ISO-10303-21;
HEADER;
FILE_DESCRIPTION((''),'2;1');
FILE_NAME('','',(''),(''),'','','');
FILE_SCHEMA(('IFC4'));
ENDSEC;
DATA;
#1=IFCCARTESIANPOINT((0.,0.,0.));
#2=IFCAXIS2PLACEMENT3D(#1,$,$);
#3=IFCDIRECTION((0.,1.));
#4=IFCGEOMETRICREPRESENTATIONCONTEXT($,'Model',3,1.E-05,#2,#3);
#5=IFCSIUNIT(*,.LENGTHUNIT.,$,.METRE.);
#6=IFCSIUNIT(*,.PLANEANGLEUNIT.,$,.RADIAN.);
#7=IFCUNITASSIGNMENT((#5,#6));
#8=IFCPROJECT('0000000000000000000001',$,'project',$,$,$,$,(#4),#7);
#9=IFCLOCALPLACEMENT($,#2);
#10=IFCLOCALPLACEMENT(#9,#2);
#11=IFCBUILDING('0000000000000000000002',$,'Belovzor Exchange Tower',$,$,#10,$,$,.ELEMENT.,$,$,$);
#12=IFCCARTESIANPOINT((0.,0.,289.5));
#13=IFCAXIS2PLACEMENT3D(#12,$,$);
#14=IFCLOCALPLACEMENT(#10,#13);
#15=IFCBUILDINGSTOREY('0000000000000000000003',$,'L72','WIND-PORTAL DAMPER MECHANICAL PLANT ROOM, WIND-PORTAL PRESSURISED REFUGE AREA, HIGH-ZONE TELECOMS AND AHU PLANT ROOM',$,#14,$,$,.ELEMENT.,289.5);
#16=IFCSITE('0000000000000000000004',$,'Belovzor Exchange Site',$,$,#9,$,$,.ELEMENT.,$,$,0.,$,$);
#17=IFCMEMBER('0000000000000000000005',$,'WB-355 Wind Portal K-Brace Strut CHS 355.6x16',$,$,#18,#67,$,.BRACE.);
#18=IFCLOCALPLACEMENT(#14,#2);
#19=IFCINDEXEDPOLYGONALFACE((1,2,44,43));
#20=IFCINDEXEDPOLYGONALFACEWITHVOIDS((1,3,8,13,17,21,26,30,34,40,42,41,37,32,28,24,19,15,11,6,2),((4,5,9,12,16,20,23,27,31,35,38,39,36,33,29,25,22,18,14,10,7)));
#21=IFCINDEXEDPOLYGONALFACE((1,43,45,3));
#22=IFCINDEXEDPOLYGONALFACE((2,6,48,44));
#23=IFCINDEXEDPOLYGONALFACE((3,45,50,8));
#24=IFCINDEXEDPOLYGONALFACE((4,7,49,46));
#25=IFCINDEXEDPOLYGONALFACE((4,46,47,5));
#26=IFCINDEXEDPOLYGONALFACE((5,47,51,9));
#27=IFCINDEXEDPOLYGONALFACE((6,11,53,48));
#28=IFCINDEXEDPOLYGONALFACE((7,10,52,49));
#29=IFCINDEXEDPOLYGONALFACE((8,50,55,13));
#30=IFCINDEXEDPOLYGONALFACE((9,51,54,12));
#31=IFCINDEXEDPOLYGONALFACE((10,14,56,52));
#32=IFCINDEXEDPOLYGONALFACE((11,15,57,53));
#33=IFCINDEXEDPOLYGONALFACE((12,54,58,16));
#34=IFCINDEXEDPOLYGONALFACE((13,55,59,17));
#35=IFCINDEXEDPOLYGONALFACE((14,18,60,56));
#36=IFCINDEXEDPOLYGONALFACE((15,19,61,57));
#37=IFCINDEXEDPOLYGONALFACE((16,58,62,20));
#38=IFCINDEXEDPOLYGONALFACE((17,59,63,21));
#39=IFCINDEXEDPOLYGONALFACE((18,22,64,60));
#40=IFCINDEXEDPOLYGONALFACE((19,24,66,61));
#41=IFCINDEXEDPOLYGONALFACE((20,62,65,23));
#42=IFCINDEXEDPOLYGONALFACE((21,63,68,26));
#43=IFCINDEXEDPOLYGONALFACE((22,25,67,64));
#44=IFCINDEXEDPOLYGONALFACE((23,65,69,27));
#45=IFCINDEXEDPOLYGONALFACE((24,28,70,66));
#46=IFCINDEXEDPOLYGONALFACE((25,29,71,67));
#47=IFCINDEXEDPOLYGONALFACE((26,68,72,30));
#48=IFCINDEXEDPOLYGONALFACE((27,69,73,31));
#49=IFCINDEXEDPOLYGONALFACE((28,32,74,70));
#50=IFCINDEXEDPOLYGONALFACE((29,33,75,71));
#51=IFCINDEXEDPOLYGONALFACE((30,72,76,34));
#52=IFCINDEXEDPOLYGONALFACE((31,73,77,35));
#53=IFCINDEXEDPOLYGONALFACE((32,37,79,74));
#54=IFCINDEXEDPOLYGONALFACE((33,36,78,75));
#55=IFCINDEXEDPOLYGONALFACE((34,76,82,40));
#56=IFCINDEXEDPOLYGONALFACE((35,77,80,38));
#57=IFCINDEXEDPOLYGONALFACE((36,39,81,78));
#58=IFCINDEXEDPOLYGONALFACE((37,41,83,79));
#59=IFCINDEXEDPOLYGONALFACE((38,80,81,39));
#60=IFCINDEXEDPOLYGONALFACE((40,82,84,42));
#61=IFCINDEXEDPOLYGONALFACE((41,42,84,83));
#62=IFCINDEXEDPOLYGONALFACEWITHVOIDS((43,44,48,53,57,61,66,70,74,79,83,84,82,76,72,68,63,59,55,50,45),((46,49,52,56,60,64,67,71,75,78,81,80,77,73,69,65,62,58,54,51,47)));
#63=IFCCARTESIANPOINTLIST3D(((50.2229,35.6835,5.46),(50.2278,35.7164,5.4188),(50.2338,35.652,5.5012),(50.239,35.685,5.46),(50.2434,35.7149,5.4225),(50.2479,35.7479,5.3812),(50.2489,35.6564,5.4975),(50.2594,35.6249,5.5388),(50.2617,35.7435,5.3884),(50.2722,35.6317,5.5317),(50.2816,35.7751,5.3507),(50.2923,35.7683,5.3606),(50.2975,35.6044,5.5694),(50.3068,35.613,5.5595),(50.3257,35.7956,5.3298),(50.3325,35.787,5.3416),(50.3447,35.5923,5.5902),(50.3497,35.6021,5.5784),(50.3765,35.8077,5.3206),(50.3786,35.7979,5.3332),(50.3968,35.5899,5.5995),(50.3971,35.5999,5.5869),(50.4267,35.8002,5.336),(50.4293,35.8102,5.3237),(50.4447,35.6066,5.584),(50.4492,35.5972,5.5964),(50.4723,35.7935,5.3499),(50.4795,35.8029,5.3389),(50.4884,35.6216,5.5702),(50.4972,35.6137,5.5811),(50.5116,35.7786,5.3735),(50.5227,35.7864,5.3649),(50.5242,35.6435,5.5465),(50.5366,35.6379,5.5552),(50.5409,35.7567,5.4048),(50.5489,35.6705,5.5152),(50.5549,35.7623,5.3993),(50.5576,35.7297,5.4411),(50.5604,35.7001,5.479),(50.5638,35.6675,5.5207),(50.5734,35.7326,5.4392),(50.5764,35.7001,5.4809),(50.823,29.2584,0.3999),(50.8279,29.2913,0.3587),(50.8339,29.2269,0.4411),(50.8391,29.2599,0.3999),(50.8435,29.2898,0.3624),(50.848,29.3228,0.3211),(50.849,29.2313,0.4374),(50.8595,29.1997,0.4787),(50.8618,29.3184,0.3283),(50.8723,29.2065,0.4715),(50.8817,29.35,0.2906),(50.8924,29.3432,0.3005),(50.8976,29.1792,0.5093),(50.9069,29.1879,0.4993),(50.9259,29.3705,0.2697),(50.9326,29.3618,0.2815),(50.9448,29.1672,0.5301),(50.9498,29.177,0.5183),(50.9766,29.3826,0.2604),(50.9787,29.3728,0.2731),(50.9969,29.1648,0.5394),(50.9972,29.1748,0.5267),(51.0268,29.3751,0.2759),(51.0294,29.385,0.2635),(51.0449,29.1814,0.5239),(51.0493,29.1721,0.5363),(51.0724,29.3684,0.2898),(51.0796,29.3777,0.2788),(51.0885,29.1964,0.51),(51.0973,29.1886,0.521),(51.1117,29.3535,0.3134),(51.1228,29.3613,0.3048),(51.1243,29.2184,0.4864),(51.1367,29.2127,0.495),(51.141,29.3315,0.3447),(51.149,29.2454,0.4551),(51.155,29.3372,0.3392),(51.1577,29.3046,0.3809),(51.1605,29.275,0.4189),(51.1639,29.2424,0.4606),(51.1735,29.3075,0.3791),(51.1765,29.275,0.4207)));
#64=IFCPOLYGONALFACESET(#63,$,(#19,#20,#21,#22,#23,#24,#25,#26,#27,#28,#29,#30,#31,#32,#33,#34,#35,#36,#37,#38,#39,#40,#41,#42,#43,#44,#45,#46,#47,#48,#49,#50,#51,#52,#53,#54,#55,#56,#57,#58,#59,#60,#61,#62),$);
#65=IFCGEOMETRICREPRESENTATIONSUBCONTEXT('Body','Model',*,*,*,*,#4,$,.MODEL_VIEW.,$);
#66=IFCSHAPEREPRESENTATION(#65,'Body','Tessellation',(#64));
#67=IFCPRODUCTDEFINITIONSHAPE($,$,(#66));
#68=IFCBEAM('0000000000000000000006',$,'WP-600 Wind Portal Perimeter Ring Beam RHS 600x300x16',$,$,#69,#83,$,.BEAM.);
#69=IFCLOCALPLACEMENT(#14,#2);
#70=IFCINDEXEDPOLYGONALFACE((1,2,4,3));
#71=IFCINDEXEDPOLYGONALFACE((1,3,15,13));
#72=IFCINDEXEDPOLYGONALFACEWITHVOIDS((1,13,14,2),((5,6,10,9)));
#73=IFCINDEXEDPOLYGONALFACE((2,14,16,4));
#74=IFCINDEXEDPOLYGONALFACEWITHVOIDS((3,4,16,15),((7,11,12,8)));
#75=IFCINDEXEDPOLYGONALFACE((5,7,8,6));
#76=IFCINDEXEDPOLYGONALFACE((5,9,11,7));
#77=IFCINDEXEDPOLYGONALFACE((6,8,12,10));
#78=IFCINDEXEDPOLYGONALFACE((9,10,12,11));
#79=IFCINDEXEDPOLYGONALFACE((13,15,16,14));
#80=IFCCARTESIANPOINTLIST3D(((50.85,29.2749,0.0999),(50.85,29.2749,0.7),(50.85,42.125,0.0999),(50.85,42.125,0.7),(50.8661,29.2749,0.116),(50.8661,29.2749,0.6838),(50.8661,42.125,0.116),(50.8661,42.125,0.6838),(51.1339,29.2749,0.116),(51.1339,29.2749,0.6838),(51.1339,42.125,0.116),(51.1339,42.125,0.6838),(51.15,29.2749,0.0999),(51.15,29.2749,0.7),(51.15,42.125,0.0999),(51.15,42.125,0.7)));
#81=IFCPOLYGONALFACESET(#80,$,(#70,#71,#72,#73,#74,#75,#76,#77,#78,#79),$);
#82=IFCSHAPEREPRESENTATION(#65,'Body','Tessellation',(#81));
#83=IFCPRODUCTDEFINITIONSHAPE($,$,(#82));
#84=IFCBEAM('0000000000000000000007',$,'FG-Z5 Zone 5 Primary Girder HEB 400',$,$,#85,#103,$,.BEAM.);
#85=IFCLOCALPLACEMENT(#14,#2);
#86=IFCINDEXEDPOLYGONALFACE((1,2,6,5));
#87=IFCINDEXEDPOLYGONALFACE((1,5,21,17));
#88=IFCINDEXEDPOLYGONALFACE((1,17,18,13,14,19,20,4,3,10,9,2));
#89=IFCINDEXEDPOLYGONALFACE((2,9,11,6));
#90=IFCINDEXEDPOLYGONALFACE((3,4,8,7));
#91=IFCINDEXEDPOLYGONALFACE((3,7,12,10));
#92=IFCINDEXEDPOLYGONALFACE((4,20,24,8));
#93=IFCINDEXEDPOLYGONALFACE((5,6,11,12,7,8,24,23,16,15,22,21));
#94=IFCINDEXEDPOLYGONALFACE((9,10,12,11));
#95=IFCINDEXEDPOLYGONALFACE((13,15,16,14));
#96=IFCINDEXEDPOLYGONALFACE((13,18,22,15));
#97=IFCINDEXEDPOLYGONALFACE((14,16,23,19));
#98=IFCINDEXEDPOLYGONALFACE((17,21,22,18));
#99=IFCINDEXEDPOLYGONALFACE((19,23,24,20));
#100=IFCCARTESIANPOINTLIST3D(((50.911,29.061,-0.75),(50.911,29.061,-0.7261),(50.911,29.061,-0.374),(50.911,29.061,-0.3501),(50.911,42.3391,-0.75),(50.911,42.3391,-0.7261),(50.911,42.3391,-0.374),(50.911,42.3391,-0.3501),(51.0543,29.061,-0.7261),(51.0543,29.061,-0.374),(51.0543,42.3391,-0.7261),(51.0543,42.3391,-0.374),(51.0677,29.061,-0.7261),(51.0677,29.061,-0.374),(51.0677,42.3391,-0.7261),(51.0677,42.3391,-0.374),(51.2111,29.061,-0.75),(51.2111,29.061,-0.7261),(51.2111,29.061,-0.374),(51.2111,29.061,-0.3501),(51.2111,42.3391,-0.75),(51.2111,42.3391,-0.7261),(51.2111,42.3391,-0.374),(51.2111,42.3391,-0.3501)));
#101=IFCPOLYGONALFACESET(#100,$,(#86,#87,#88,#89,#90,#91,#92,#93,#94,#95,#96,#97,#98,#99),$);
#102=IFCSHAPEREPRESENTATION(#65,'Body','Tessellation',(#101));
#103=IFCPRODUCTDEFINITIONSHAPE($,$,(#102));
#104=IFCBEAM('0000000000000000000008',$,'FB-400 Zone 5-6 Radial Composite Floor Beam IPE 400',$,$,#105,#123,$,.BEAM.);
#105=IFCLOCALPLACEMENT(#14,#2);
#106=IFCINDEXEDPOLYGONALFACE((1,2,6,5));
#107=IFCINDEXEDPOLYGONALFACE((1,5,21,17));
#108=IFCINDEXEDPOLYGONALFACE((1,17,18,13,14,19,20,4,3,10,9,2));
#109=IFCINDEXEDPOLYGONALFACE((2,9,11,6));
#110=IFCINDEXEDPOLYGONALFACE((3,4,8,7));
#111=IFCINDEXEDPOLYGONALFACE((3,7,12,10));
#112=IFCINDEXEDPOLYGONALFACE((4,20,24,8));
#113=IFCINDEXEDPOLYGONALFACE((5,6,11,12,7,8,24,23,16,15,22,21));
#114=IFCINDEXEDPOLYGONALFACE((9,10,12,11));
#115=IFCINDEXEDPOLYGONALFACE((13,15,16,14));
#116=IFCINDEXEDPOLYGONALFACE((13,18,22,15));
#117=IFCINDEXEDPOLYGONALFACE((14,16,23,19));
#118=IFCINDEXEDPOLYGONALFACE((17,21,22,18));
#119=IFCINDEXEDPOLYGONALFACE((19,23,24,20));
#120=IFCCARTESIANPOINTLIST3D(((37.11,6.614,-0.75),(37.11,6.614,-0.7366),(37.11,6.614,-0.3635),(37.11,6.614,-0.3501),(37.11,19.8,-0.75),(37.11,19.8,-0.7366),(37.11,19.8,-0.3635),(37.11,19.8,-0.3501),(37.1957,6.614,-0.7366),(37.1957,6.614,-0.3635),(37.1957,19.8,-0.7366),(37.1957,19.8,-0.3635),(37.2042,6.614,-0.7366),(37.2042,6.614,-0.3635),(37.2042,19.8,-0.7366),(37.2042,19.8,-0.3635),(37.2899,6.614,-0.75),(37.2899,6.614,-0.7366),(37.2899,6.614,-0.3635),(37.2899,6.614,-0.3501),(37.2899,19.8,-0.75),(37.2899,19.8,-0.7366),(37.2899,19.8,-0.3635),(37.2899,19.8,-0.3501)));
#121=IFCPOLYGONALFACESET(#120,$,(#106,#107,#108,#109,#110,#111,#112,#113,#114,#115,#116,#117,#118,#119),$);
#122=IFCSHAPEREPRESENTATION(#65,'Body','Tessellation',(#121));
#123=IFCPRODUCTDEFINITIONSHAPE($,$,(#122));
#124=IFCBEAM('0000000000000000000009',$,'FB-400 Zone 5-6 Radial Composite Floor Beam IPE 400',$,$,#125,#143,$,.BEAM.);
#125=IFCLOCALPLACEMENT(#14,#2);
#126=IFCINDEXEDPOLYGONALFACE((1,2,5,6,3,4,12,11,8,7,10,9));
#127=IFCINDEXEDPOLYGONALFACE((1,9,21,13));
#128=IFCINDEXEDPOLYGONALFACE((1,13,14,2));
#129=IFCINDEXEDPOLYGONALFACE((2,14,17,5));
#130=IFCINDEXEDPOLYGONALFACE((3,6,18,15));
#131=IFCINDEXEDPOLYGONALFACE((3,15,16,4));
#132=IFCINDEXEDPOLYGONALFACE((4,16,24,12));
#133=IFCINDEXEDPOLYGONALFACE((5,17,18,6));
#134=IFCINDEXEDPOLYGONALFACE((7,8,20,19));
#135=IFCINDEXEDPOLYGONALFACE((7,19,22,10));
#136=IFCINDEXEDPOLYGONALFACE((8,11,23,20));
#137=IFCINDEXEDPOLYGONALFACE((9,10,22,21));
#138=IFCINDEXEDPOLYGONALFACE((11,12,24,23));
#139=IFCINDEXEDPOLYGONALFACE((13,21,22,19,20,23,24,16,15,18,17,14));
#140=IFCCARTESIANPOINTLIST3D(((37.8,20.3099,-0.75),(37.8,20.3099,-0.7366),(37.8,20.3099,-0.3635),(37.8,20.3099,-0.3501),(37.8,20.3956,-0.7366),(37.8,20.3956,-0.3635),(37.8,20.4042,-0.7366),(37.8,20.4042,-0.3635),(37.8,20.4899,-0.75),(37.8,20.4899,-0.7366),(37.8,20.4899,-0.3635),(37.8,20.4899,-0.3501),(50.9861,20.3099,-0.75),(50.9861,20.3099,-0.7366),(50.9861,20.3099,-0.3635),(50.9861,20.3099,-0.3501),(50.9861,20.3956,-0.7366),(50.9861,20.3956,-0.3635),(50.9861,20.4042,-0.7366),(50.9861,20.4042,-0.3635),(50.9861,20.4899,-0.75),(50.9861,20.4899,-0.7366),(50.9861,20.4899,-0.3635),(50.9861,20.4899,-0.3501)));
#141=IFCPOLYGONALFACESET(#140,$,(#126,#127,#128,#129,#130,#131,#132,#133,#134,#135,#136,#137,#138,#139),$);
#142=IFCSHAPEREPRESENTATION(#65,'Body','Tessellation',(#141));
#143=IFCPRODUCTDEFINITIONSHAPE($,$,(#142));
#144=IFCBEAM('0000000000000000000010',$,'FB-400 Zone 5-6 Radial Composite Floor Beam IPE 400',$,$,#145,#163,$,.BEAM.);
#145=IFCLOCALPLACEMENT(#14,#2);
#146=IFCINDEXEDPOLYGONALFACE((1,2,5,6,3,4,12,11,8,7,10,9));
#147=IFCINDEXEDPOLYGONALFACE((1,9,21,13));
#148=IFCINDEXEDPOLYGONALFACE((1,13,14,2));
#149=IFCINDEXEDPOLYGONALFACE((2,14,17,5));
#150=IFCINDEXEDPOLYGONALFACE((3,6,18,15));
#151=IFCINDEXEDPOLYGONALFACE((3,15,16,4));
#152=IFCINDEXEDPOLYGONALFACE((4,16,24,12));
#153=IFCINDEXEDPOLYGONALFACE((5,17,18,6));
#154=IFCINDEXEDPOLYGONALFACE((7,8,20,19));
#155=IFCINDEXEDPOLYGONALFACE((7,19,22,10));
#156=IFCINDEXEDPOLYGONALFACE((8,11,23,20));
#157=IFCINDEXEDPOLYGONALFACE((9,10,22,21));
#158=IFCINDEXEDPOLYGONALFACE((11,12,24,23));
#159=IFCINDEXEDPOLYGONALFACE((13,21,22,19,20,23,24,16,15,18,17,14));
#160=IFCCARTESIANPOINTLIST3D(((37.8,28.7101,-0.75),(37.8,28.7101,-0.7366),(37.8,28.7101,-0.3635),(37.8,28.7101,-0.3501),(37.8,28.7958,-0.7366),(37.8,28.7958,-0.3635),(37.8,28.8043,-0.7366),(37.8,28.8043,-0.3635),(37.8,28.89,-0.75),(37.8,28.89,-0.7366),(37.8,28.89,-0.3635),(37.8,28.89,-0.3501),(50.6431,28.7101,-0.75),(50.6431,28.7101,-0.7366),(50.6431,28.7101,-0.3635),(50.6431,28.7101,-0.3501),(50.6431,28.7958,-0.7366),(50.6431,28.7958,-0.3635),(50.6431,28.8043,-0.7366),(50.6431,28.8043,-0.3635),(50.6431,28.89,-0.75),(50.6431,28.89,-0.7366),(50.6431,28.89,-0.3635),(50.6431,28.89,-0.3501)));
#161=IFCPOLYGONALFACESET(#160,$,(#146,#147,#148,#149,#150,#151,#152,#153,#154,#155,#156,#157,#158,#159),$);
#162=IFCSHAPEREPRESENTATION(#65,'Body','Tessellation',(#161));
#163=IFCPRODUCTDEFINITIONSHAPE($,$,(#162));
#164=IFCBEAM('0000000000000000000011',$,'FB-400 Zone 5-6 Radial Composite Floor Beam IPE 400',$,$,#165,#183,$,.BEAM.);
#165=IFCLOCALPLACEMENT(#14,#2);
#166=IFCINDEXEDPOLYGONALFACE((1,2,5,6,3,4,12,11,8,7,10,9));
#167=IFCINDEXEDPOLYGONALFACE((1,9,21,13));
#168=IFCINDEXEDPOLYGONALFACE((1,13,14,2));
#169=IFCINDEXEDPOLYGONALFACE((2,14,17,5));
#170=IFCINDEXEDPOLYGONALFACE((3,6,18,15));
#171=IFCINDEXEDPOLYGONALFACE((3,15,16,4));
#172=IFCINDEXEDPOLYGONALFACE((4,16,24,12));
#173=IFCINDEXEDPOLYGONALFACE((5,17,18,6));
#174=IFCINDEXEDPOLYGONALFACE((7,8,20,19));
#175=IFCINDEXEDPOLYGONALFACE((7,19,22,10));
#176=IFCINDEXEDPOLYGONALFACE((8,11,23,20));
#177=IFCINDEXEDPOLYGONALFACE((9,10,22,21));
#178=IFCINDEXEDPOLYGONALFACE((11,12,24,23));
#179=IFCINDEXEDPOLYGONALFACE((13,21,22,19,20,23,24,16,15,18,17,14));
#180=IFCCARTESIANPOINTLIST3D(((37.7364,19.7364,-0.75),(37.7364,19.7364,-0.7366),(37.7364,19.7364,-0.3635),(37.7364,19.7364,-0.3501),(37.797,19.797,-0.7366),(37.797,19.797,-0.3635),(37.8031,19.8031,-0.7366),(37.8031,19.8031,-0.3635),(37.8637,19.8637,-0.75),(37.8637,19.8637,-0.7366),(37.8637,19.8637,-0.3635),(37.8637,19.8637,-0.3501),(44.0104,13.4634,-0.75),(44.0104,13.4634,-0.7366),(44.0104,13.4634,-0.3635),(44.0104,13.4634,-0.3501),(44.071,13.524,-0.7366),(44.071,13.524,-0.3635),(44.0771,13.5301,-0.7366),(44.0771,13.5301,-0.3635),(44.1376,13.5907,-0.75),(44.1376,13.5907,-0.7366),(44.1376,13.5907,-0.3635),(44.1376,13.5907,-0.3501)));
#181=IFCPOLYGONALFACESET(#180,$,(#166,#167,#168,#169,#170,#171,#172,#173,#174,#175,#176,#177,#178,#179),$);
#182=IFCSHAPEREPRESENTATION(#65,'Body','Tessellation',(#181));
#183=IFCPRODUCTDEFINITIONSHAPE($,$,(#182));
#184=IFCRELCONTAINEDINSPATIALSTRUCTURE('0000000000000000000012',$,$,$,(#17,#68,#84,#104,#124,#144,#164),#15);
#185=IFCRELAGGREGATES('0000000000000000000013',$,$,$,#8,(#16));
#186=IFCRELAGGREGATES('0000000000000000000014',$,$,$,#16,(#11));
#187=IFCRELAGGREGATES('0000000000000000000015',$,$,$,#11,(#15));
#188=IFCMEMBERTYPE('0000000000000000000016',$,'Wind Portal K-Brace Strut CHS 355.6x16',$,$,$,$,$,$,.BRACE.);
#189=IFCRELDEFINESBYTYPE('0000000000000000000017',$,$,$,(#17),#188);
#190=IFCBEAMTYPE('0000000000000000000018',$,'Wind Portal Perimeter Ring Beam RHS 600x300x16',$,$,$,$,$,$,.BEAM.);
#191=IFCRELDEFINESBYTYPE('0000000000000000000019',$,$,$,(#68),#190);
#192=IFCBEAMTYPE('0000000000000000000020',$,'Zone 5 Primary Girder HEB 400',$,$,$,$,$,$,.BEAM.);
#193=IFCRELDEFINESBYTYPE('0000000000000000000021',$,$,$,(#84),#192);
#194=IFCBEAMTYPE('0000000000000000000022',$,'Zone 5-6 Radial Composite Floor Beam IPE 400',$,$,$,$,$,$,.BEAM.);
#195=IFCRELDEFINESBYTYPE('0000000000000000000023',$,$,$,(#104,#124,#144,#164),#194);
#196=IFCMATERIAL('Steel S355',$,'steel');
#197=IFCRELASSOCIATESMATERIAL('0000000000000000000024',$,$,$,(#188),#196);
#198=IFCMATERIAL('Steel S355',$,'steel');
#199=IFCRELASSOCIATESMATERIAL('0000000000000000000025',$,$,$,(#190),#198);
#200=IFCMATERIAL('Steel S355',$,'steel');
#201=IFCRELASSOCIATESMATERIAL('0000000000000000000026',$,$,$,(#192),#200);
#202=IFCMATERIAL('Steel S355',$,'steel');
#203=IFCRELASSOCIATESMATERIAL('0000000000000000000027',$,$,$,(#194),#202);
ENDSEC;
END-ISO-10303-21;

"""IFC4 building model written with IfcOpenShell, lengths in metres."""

from ifc_helpers import new_model, si_unit, direction, frame, origin, origin_2d, place, context, subcontext, project, spatial, hollow_rectangle, hollow_circle, i_section, extrude, material, material_profile, profile_set, type_object, element, save


model = new_model("IFC4")

# Units and contexts
model_context = context("Model", 3, precision=1e-05, world=origin(), true_north=direction((0.0, 1.0)))
body_context = subcontext(model_context, "Body", "Model", "MODEL_VIEW")
ifc_project = project(units=[si_unit("LENGTHUNIT", "METRE"), si_unit("PLANEANGLEUNIT", "RADIAN")], contexts=[model_context])

# Site, building, storey
site_placement = place(None, origin())
site = spatial("IfcSite", under=ifc_project, at=site_placement, Name="Belovzor Exchange Site", CompositionType="ELEMENT", RefElevation=0.0)
building_placement = place(site_placement, origin())
building = spatial("IfcBuilding", under=site, at=building_placement, Name="Belovzor Exchange Tower", CompositionType="ELEMENT")
storey_placement = place(building_placement, frame((0.0, 0.0, 289.5)))
storey = spatial("IfcBuildingStorey", under=building, at=storey_placement, Name="L72", Description="WIND-PORTAL DAMPER MECHANICAL PLANT ROOM, WIND-PORTAL PRESSURISED REFUGE AREA, HIGH-ZONE TELECOMS AND AHU PLANT ROOM", CompositionType="ELEMENT", Elevation=289.5)

# Member
ifc_material_1 = material(Name="Steel S355", Category="steel")
ifc_material_profile_1 = material_profile(ifc_material_1, hollow_circle(Radius=0.1777, WallThickness=0.0161, at=origin_2d()))
ifc_profile_set_1 = profile_set([ifc_material_profile_1], Name="Steel S355")
member_type = type_object("IfcMemberType", Name="Wind Portal K-Brace Strut CHS 355.6x16", PredefinedType="BRACE", material=ifc_profile_set_1)
for number, where, z_axis, x_axis, name in (
    (1, (51.0, 29.2749, 0.3999), (-0.07318, 0.78351, 0.617055), (-0.995667, -0.092995, 0.0), "WB-355 Wind Portal K-Brace Strut CHS 355.6x16"),
):
    element("IfcMember", number, at=place(storey_placement, frame(where, z_axis=z_axis, x_axis=x_axis)), inside=storey, type_object=member_type, Name=name, PredefinedType="BRACE", context=body_context, shape_type="SweptSolid", body=[
        extrude(hollow_circle(Radius=0.1777, WallThickness=0.0161, at=origin_2d()), origin(), (0.0, 0.0, 1.0), 8.2004),
    ])

# Beams
ifc_material_2 = material(Name="Steel S355", Category="steel")
ifc_material_profile_2 = material_profile(ifc_material_2, hollow_rectangle(XDim=0.3, YDim=0.6001, WallThickness=0.0161, at=origin_2d()))
ifc_profile_set_2 = profile_set([ifc_material_profile_2], Name="Steel S355")
beam_type_1 = type_object("IfcBeamType", Name="Wind Portal Perimeter Ring Beam RHS 600x300x16", PredefinedType="BEAM", material=ifc_profile_set_2)
beam_1_placement = place(storey_placement, frame((51.0, 29.2749, 0.3999), z_axis=(0.0, 1.0, 0.0), x_axis=(-1.0, 0.0, 0.0)))
element("IfcBeam", 2, at=beam_1_placement, inside=storey, type_object=beam_type_1, Name="WP-600 Wind Portal Perimeter Ring Beam RHS 600x300x16", PredefinedType="BEAM", context=body_context, shape_type="SweptSolid", body=[
    extrude(hollow_rectangle(XDim=0.3, YDim=0.6001, WallThickness=0.0161, at=origin_2d()), origin(), (0.0, 0.0, 1.0), 12.8501),
])
ifc_material_3 = material(Name="Steel S355", Category="steel")
ifc_material_profile_3 = material_profile(ifc_material_3, i_section(OverallWidth=0.3, OverallDepth=0.3999, WebThickness=0.0134, FlangeThickness=0.0239, at=origin_2d()))
ifc_profile_set_3 = profile_set([ifc_material_profile_3], Name="Steel S355")
beam_type_2 = type_object("IfcBeamType", Name="Zone 5 Primary Girder HEB 400", PredefinedType="BEAM", material=ifc_profile_set_3)
beam_2_placement = place(storey_placement, frame((51.061, 29.061, -0.55), z_axis=(0.0, 1.0, 0.0), x_axis=(-1.0, 0.0, 0.0)))
element("IfcBeam", 3, at=beam_2_placement, inside=storey, type_object=beam_type_2, Name="FG-Z5 Zone 5 Primary Girder HEB 400", PredefinedType="BEAM", context=body_context, shape_type="SweptSolid", body=[
    extrude(i_section(OverallWidth=0.3, OverallDepth=0.3999, WebThickness=0.0134, FlangeThickness=0.0239, at=origin_2d()), origin(), (0.0, 0.0, 1.0), 13.2781),
])
ifc_material_4 = material(Name="Steel S355", Category="steel")
ifc_material_profile_4 = material_profile(ifc_material_4, i_section(OverallWidth=0.1799, OverallDepth=0.3999, WebThickness=0.0085, FlangeThickness=0.0134, at=origin_2d()))
ifc_profile_set_4 = profile_set([ifc_material_profile_4], Name="Steel S355")
beam_type_3 = type_object("IfcBeamType", Name="Zone 5-6 Radial Composite Floor Beam IPE 400", PredefinedType="BEAM", material=ifc_profile_set_4)
for number, where, z_axis, x_axis, name in (
    (4, (37.2, 19.8, -0.55), (0.0, -1.0, 0.0), (1.0, 0.0, 0.0), "FB-400 Zone 5-6 Radial Composite Floor Beam IPE 400"),
    (5, (37.8, 20.3999, -0.55), (1.0, 0.0, 0.0), (0.0, 1.0, 0.0), "FB-400 Zone 5-6 Radial Composite Floor Beam IPE 400"),
):
    element("IfcBeam", number, at=place(storey_placement, frame(where, z_axis=z_axis, x_axis=x_axis)), inside=storey, type_object=beam_type_3, Name=name, PredefinedType="BEAM", context=body_context, shape_type="SweptSolid", body=[
        extrude(i_section(OverallWidth=0.1799, OverallDepth=0.3999, WebThickness=0.0085, FlangeThickness=0.0134, at=origin_2d()), origin(), (0.0, 0.0, 1.0), 13.186),
    ])
beam_3_placement = place(storey_placement, frame((37.8, 28.8, -0.55), z_axis=(1.0, 0.0, 0.0), x_axis=(0.0, 1.0, 0.0)))
element("IfcBeam", 6, at=beam_3_placement, inside=storey, type_object=beam_type_3, Name="FB-400 Zone 5-6 Radial Composite Floor Beam IPE 400", PredefinedType="BEAM", context=body_context, shape_type="SweptSolid", body=[
    extrude(i_section(OverallWidth=0.1799, OverallDepth=0.3999, WebThickness=0.0085, FlangeThickness=0.0134, at=origin_2d()), origin(), (0.0, 0.0, 1.0), 12.843),
])
beam_4_placement = place(storey_placement, frame((37.8, 19.8, -0.55), z_axis=(0.707162, -0.707052, 0.0), x_axis=(0.707052, 0.707162, 0.0)))
element("IfcBeam", 7, at=beam_4_placement, inside=storey, type_object=beam_type_3, Name="FB-400 Zone 5-6 Radial Composite Floor Beam IPE 400", PredefinedType="BEAM", context=body_context, shape_type="SweptSolid", body=[
    extrude(i_section(OverallWidth=0.1799, OverallDepth=0.3999, WebThickness=0.0085, FlangeThickness=0.0134, at=origin_2d()), origin(), (0.0, 0.0, 1.0), 8.8721),
])

save(model, "model.ifc")
